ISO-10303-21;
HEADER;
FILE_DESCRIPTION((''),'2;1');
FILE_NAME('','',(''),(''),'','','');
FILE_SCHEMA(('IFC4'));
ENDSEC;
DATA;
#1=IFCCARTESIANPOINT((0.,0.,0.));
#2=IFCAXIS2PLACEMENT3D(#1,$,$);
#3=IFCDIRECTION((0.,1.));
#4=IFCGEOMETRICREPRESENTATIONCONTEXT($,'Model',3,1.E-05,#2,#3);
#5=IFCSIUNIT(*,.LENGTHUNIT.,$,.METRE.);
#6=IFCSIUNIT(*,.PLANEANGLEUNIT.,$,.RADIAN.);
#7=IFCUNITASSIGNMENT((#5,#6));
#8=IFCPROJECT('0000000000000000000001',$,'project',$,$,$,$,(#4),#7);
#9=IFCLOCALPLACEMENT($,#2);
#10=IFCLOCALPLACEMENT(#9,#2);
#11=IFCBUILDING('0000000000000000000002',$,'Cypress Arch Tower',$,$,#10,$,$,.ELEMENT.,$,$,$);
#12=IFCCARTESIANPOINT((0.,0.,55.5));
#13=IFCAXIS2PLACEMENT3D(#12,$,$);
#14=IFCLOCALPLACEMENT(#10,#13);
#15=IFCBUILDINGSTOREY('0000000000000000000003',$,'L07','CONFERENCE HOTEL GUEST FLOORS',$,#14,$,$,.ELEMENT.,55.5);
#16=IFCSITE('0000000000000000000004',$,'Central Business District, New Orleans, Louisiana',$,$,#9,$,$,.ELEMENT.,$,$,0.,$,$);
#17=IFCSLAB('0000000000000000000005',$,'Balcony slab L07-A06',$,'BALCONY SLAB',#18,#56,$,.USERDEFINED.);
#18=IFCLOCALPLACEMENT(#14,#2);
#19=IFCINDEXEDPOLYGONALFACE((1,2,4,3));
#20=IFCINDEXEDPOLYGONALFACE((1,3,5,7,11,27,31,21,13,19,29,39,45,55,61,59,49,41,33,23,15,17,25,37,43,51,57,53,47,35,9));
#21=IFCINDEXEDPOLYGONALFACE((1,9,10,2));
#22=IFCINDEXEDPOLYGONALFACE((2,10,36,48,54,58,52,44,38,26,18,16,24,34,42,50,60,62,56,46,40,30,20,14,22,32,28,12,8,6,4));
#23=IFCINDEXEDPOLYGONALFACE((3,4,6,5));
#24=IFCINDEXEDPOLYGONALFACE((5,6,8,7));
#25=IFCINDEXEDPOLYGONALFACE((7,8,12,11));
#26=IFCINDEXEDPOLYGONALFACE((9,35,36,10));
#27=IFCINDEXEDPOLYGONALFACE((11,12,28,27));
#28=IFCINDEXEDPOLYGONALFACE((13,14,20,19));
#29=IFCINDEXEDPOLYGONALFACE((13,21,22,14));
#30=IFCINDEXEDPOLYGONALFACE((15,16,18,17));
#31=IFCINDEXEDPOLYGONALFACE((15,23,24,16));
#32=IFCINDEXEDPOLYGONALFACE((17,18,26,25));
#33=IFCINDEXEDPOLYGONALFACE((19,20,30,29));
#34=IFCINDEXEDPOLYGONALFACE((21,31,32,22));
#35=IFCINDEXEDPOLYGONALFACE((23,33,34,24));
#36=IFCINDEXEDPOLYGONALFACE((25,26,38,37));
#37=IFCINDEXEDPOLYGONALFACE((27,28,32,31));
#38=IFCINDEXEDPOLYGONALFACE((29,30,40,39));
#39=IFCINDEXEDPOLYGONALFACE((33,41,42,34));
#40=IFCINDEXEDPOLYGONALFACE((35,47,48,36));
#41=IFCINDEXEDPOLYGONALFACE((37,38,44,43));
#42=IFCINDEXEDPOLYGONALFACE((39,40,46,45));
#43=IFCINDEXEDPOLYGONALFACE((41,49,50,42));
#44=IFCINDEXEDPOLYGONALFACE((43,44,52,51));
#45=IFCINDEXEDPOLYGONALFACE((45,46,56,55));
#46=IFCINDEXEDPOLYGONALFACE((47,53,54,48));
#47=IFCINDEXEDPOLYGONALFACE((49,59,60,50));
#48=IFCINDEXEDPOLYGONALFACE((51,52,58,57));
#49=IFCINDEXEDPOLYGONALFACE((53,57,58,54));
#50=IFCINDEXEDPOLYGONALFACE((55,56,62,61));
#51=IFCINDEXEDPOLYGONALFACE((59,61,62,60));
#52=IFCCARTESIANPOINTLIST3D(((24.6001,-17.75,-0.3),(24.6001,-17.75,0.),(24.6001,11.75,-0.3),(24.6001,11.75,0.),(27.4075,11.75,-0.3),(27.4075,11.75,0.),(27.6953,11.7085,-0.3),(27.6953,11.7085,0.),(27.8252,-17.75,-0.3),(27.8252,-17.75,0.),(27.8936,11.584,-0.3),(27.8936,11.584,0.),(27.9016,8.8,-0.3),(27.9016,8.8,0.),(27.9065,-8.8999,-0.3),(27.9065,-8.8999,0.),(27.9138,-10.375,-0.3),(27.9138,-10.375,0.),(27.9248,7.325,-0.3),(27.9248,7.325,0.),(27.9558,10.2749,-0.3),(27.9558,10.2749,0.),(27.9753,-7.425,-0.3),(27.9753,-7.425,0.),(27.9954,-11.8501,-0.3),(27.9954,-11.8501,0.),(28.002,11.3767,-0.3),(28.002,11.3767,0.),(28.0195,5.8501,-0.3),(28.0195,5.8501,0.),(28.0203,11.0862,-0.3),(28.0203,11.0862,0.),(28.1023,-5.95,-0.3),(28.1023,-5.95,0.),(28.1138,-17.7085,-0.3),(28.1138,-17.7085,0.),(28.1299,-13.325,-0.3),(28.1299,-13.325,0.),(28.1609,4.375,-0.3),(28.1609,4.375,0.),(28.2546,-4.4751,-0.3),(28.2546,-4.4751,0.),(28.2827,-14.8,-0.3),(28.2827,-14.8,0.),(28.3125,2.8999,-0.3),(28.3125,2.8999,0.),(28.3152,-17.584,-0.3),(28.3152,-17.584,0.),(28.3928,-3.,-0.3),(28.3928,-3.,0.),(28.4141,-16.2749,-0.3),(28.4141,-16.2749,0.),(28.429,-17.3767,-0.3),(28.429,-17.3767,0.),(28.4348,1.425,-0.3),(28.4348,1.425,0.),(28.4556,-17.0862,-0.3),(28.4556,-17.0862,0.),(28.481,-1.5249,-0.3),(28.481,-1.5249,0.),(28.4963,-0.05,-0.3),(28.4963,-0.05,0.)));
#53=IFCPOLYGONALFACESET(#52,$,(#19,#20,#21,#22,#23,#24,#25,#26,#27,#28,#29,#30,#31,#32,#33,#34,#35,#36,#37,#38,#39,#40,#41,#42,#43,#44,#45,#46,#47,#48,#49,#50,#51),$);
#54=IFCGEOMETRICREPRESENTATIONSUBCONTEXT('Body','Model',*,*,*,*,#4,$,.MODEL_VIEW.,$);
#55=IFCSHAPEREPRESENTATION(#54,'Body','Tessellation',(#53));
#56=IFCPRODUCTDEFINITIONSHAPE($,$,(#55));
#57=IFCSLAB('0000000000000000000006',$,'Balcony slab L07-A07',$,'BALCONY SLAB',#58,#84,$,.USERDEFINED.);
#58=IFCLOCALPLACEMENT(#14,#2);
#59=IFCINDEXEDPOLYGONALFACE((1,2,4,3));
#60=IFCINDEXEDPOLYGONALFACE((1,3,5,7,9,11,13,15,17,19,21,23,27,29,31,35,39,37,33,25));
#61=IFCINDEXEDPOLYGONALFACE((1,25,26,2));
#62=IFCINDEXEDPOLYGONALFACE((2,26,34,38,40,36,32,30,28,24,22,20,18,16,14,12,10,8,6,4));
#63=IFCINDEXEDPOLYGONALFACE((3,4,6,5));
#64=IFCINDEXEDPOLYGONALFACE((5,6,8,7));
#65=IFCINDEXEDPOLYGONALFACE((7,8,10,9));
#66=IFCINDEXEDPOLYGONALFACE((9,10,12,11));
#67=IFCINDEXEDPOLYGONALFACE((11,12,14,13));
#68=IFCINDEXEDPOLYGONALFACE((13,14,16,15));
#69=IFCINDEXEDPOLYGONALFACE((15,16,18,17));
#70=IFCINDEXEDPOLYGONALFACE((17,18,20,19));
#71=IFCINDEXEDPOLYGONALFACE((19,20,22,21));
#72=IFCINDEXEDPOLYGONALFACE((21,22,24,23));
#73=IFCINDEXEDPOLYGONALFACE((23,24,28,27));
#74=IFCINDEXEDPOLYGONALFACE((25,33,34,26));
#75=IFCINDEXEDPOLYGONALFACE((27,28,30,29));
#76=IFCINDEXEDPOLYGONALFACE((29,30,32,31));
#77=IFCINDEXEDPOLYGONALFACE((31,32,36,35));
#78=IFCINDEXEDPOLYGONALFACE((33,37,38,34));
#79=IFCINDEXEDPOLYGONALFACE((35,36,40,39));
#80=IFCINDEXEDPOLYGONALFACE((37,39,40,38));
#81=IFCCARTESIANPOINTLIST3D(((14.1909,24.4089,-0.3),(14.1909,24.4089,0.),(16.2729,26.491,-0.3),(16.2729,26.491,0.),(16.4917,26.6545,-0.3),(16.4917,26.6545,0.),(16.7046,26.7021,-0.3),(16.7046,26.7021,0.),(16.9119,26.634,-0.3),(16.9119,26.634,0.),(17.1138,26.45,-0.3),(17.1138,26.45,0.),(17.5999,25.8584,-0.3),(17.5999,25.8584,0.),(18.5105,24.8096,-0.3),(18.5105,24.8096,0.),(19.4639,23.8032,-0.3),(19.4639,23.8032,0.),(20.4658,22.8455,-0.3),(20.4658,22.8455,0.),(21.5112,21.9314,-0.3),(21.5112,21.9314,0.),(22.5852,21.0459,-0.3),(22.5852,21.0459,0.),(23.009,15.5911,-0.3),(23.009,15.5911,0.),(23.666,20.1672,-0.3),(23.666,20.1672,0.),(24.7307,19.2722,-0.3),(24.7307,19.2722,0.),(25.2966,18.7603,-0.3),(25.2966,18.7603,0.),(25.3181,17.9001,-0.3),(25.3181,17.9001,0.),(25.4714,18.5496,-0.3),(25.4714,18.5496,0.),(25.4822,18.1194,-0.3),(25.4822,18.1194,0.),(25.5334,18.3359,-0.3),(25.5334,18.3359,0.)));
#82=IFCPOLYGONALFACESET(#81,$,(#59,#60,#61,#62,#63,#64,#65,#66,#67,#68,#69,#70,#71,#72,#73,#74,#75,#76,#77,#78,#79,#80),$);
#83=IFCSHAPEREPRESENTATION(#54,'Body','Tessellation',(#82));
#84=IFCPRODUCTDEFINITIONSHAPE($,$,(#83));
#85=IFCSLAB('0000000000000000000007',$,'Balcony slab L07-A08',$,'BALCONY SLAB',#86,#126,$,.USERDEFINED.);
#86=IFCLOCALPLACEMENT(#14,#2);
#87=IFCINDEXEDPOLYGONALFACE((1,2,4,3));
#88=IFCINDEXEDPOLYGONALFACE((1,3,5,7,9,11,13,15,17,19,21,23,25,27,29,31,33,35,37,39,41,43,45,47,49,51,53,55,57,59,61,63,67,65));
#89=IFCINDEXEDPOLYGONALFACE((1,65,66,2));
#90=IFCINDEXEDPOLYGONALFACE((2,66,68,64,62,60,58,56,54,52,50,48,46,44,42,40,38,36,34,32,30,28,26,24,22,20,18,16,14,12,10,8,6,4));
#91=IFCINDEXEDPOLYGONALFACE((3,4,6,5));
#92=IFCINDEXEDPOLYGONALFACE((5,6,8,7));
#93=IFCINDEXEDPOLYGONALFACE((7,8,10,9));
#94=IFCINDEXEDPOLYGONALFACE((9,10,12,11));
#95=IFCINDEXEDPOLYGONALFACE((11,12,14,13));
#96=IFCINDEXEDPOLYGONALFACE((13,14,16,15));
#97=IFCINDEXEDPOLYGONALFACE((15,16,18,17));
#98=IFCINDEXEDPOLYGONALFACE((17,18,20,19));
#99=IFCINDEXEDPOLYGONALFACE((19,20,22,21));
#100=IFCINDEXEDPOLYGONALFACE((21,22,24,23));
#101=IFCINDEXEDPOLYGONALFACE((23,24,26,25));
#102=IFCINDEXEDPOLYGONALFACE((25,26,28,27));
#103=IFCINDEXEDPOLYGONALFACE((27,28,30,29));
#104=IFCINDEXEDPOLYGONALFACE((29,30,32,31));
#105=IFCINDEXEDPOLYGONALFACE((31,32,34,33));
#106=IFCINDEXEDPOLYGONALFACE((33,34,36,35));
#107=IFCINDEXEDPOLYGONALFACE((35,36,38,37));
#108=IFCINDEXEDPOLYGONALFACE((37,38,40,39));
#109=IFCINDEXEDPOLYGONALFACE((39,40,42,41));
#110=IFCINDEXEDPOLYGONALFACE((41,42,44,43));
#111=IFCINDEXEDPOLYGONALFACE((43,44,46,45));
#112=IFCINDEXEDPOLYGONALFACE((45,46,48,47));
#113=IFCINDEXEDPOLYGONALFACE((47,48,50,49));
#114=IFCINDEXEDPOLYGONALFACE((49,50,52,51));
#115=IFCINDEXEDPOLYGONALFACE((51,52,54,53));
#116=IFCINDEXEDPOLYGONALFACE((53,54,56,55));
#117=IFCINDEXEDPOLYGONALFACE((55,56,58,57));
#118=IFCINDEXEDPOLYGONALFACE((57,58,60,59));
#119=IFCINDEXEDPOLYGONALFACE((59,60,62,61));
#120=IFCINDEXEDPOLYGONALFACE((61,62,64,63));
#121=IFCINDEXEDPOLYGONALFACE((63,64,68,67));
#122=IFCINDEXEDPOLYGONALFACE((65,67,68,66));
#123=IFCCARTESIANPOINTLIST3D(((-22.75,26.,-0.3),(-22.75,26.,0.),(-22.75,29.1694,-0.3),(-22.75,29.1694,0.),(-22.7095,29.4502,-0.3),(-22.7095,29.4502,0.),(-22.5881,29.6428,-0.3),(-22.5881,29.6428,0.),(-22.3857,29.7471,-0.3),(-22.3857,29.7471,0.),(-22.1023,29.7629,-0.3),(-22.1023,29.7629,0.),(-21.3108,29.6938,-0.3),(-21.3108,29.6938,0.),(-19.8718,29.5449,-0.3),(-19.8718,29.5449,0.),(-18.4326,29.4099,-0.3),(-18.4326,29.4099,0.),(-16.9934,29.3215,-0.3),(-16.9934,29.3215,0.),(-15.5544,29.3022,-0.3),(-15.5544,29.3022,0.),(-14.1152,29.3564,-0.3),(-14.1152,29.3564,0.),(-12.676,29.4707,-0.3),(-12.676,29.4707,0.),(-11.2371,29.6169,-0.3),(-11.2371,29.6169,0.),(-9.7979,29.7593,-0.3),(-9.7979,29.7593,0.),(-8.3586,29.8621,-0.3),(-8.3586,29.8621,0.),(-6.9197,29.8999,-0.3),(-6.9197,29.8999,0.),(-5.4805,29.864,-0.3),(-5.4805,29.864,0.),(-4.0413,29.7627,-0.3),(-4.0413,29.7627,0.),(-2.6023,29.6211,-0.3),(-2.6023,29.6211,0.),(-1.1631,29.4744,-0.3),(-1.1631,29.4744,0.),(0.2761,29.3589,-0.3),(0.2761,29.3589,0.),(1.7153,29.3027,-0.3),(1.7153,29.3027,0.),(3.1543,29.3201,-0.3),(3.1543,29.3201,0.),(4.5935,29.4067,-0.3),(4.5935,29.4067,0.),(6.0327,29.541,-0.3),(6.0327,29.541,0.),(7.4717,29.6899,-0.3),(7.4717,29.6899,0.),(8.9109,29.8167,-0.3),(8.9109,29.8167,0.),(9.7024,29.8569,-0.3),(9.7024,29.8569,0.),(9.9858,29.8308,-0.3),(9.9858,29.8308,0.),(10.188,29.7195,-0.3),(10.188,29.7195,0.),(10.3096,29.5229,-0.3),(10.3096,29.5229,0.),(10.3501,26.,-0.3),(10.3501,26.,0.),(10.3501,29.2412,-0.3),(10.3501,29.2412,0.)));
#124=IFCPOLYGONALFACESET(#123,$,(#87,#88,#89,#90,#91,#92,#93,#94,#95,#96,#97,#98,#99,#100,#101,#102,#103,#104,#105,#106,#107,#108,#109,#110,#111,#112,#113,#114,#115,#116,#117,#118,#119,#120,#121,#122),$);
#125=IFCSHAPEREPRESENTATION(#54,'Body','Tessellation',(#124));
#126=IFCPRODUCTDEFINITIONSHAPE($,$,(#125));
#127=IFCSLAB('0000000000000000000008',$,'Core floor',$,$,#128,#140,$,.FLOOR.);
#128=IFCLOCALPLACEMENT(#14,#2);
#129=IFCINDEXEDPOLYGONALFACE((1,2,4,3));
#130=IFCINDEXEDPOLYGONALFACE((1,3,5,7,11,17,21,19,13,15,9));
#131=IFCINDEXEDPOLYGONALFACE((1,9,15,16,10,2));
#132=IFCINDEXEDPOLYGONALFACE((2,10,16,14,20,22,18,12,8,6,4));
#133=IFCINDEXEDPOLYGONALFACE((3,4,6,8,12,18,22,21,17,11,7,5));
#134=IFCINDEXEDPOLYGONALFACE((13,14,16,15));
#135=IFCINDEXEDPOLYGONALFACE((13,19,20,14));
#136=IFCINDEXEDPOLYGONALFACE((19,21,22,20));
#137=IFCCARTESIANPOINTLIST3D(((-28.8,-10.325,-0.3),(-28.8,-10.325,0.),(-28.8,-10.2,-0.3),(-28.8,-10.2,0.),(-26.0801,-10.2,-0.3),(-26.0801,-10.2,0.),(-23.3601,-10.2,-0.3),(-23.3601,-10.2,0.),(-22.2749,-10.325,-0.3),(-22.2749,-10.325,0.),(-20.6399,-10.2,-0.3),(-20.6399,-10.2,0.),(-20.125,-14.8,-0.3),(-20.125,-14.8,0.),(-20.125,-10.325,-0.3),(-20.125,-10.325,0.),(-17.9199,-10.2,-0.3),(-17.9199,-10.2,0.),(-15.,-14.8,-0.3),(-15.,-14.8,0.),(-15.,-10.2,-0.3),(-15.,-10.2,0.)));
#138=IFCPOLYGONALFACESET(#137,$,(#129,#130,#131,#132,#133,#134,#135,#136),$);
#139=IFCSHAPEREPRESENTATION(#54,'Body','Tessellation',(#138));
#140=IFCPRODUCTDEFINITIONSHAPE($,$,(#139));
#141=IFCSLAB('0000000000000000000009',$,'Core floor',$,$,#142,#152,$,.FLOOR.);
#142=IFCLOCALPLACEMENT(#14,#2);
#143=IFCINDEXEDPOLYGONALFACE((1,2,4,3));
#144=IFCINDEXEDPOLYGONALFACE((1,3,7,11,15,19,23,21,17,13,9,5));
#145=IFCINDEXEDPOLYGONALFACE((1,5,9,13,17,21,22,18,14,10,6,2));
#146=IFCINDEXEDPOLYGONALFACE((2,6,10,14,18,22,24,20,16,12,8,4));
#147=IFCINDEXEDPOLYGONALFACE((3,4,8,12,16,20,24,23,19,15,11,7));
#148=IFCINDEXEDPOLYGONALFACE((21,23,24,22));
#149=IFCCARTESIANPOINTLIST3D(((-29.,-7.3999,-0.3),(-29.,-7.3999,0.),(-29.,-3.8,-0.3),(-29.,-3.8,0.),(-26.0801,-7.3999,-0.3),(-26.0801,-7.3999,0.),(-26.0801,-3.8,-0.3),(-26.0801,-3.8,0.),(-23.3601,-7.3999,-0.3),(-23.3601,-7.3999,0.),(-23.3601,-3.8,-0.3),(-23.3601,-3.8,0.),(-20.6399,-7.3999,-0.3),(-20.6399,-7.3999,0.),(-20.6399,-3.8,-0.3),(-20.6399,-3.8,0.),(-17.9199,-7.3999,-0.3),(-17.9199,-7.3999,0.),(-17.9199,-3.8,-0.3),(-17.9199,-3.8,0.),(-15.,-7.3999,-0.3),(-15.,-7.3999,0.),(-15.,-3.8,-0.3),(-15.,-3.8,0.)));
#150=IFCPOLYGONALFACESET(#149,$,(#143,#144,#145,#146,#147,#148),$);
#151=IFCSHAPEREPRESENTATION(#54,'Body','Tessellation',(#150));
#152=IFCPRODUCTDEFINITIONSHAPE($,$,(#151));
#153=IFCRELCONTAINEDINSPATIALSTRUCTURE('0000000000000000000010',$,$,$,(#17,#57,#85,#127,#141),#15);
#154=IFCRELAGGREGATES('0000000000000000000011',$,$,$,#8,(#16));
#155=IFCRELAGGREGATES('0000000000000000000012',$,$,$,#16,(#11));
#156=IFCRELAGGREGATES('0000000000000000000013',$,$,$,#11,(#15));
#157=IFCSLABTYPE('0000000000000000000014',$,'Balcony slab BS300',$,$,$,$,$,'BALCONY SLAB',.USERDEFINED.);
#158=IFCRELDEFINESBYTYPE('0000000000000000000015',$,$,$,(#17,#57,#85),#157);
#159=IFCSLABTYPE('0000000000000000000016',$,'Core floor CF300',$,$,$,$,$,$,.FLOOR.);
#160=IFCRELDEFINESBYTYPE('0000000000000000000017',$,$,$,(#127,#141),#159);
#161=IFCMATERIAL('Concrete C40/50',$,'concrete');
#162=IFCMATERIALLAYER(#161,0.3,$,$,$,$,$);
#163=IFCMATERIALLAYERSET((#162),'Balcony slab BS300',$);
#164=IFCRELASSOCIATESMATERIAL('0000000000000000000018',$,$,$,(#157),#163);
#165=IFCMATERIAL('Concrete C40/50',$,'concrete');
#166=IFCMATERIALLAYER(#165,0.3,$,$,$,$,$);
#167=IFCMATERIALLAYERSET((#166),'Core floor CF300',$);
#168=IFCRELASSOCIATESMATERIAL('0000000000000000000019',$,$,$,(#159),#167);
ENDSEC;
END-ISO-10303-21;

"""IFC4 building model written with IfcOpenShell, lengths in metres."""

from ifc_helpers import new_model, si_unit, direction, frame, origin, place, context, subcontext, project, spatial, polyline, outline, extrude, material, layer, layer_set, type_object, element, save


model = new_model("IFC4")

# Units and contexts
model_context = context("Model", 3, precision=1e-05, world=origin(), true_north=direction((0.0, 1.0)))
body_context = subcontext(model_context, "Body", "Model", "MODEL_VIEW")
ifc_project = project(units=[si_unit("LENGTHUNIT", "METRE"), si_unit("PLANEANGLEUNIT", "RADIAN")], contexts=[model_context])

# Site, building, storey
site_placement = place(None, origin())
site = spatial("IfcSite", under=ifc_project, at=site_placement, Name="Central Business District, New Orleans, Louisiana", CompositionType="ELEMENT", RefElevation=0.0)
building_placement = place(site_placement, origin())
building = spatial("IfcBuilding", under=site, at=building_placement, Name="Cypress Arch Tower", CompositionType="ELEMENT")
storey_placement = place(building_placement, frame((0.0, 0.0, 55.5)))
storey = spatial("IfcBuildingStorey", under=building, at=storey_placement, Name="L07", Description="CONFERENCE HOTEL GUEST FLOORS", CompositionType="ELEMENT", Elevation=55.5)

# Slabs
ifc_material_1 = material(Name="Concrete C40/50", Category="concrete")
ifc_layer_1 = layer(ifc_material_1, 0.3)
ifc_layer_set_1 = layer_set([ifc_layer_1], Name="Balcony slab BS300")
slab_type_1 = type_object("IfcSlabType", Name="Balcony slab BS300", ElementType="BALCONY SLAB", PredefinedType="USERDEFINED", material=ifc_layer_set_1)
slab_1_placement = place(storey_placement, frame((0.0, 0.0, -0.3)))
element("IfcSlab", 1, at=slab_1_placement, inside=storey, type_object=slab_type_1, Name="Balcony slab L07-A06", ObjectType="BALCONY SLAB", PredefinedType="USERDEFINED", context=body_context, shape_type="SweptSolid", body=[
    extrude(outline(polyline([(24.6001, -17.75), (27.8252, -17.75), (28.1138, -17.7085), (28.3152, -17.584), (28.429, -17.3767), (28.4556, -17.0862), (28.4141, -16.2749), (28.2827, -14.8), (28.1299, -13.325), (27.9954, -11.8501), (27.9138, -10.375), (27.9065, -8.8999), (27.9753, -7.425), (28.1023, -5.95), (28.2546, -4.4751), (28.3928, -3.0), (28.481, -1.5249), (28.4963, -0.05), (28.4348, 1.425), (28.3125, 2.8999), (28.1609, 4.375), (28.0195, 5.8501), (27.9248, 7.325), (27.9016, 8.8), (27.9558, 10.2749), (28.0203, 11.0862), (28.002, 11.3767), (27.8936, 11.584), (27.6953, 11.7085), (27.4075, 11.75), (24.6001, 11.75), (24.6001, -17.75)])), origin(), (0.0, 0.0, 1.0), 0.3),
])
slab_2_placement = place(storey_placement, frame((0.0, 0.0, -0.3)))
element("IfcSlab", 2, at=slab_2_placement, inside=storey, type_object=slab_type_1, Name="Balcony slab L07-A07", ObjectType="BALCONY SLAB", PredefinedType="USERDEFINED", context=body_context, shape_type="SweptSolid", body=[
    extrude(outline(polyline([(23.009, 15.5911), (25.3181, 17.9001), (25.4822, 18.1194), (25.5334, 18.3359), (25.4714, 18.5496), (25.2966, 18.7603), (24.7307, 19.2722), (23.666, 20.1672), (22.5852, 21.0459), (21.5112, 21.9314), (20.4658, 22.8455), (19.4639, 23.8032), (18.5105, 24.8096), (17.5999, 25.8584), (17.1138, 26.45), (16.9119, 26.634), (16.7046, 26.7021), (16.4917, 26.6545), (16.2729, 26.491), (14.1909, 24.4089), (23.009, 15.5911)])), origin(), (0.0, 0.0, 1.0), 0.3),
])
slab_3_placement = place(storey_placement, frame((0.0, 0.0, -0.3)))
element("IfcSlab", 3, at=slab_3_placement, inside=storey, type_object=slab_type_1, Name="Balcony slab L07-A08", ObjectType="BALCONY SLAB", PredefinedType="USERDEFINED", context=body_context, shape_type="SweptSolid", body=[
    extrude(outline(polyline([(10.3501, 26.0), (10.3501, 29.2412), (10.3096, 29.5229), (10.188, 29.7195), (9.9858, 29.8308), (9.7024, 29.8569), (8.9109, 29.8167), (7.4717, 29.6899), (6.0327, 29.541), (4.5935, 29.4067), (3.1543, 29.3201), (1.7153, 29.3027), (0.2761, 29.3589), (-1.1631, 29.4744), (-2.6023, 29.6211), (-4.0413, 29.7627), (-5.4805, 29.864), (-6.9197, 29.8999), (-8.3586, 29.8621), (-9.7979, 29.7593), (-11.2371, 29.6169), (-12.676, 29.4707), (-14.1152, 29.3564), (-15.5544, 29.3022), (-16.9934, 29.3215), (-18.4326, 29.4099), (-19.8718, 29.5449), (-21.3108, 29.6938), (-22.1023, 29.7629), (-22.3857, 29.7471), (-22.5881, 29.6428), (-22.7095, 29.4502), (-22.75, 29.1694), (-22.75, 26.0), (10.3501, 26.0)])), origin(), (0.0, 0.0, 1.0), 0.3),
])
ifc_material_2 = material(Name="Concrete C40/50", Category="concrete")
ifc_layer_2 = layer(ifc_material_2, 0.3)
ifc_layer_set_2 = layer_set([ifc_layer_2], Name="Core floor CF300")
slab_type_2 = type_object("IfcSlabType", Name="Core floor CF300", PredefinedType="FLOOR", material=ifc_layer_set_2)
slab_4_placement = place(storey_placement, frame((0.0, 0.0, -0.3)))
element("IfcSlab", 4, at=slab_4_placement, inside=storey, type_object=slab_type_2, Name="Core floor", PredefinedType="FLOOR", context=body_context, shape_type="SweptSolid", body=[
    extrude(outline(polyline([(-20.125, -14.8), (-15.0, -14.8), (-15.0, -10.2), (-17.9199, -10.2), (-20.6399, -10.2), (-23.3601, -10.2), (-26.0801, -10.2), (-28.8, -10.2), (-28.8, -10.325), (-22.2749, -10.325), (-20.125, -10.325), (-20.125, -14.8)])), origin(), (0.0, 0.0, 1.0), 0.3),
])
slab_5_placement = place(storey_placement, frame((0.0, 0.0, -0.3)))
element("IfcSlab", 5, at=slab_5_placement, inside=storey, type_object=slab_type_2, Name="Core floor", PredefinedType="FLOOR", context=body_context, shape_type="SweptSolid", body=[
    extrude(outline(polyline([(-29.0, -3.8), (-29.0, -7.3999), (-26.0801, -7.3999), (-23.3601, -7.3999), (-20.6399, -7.3999), (-17.9199, -7.3999), (-15.0, -7.3999), (-15.0, -3.8), (-17.9199, -3.8), (-20.6399, -3.8), (-23.3601, -3.8), (-26.0801, -3.8), (-29.0, -3.8)])), origin(), (0.0, 0.0, 1.0), 0.3),
])

save(model, "model.ifc")
